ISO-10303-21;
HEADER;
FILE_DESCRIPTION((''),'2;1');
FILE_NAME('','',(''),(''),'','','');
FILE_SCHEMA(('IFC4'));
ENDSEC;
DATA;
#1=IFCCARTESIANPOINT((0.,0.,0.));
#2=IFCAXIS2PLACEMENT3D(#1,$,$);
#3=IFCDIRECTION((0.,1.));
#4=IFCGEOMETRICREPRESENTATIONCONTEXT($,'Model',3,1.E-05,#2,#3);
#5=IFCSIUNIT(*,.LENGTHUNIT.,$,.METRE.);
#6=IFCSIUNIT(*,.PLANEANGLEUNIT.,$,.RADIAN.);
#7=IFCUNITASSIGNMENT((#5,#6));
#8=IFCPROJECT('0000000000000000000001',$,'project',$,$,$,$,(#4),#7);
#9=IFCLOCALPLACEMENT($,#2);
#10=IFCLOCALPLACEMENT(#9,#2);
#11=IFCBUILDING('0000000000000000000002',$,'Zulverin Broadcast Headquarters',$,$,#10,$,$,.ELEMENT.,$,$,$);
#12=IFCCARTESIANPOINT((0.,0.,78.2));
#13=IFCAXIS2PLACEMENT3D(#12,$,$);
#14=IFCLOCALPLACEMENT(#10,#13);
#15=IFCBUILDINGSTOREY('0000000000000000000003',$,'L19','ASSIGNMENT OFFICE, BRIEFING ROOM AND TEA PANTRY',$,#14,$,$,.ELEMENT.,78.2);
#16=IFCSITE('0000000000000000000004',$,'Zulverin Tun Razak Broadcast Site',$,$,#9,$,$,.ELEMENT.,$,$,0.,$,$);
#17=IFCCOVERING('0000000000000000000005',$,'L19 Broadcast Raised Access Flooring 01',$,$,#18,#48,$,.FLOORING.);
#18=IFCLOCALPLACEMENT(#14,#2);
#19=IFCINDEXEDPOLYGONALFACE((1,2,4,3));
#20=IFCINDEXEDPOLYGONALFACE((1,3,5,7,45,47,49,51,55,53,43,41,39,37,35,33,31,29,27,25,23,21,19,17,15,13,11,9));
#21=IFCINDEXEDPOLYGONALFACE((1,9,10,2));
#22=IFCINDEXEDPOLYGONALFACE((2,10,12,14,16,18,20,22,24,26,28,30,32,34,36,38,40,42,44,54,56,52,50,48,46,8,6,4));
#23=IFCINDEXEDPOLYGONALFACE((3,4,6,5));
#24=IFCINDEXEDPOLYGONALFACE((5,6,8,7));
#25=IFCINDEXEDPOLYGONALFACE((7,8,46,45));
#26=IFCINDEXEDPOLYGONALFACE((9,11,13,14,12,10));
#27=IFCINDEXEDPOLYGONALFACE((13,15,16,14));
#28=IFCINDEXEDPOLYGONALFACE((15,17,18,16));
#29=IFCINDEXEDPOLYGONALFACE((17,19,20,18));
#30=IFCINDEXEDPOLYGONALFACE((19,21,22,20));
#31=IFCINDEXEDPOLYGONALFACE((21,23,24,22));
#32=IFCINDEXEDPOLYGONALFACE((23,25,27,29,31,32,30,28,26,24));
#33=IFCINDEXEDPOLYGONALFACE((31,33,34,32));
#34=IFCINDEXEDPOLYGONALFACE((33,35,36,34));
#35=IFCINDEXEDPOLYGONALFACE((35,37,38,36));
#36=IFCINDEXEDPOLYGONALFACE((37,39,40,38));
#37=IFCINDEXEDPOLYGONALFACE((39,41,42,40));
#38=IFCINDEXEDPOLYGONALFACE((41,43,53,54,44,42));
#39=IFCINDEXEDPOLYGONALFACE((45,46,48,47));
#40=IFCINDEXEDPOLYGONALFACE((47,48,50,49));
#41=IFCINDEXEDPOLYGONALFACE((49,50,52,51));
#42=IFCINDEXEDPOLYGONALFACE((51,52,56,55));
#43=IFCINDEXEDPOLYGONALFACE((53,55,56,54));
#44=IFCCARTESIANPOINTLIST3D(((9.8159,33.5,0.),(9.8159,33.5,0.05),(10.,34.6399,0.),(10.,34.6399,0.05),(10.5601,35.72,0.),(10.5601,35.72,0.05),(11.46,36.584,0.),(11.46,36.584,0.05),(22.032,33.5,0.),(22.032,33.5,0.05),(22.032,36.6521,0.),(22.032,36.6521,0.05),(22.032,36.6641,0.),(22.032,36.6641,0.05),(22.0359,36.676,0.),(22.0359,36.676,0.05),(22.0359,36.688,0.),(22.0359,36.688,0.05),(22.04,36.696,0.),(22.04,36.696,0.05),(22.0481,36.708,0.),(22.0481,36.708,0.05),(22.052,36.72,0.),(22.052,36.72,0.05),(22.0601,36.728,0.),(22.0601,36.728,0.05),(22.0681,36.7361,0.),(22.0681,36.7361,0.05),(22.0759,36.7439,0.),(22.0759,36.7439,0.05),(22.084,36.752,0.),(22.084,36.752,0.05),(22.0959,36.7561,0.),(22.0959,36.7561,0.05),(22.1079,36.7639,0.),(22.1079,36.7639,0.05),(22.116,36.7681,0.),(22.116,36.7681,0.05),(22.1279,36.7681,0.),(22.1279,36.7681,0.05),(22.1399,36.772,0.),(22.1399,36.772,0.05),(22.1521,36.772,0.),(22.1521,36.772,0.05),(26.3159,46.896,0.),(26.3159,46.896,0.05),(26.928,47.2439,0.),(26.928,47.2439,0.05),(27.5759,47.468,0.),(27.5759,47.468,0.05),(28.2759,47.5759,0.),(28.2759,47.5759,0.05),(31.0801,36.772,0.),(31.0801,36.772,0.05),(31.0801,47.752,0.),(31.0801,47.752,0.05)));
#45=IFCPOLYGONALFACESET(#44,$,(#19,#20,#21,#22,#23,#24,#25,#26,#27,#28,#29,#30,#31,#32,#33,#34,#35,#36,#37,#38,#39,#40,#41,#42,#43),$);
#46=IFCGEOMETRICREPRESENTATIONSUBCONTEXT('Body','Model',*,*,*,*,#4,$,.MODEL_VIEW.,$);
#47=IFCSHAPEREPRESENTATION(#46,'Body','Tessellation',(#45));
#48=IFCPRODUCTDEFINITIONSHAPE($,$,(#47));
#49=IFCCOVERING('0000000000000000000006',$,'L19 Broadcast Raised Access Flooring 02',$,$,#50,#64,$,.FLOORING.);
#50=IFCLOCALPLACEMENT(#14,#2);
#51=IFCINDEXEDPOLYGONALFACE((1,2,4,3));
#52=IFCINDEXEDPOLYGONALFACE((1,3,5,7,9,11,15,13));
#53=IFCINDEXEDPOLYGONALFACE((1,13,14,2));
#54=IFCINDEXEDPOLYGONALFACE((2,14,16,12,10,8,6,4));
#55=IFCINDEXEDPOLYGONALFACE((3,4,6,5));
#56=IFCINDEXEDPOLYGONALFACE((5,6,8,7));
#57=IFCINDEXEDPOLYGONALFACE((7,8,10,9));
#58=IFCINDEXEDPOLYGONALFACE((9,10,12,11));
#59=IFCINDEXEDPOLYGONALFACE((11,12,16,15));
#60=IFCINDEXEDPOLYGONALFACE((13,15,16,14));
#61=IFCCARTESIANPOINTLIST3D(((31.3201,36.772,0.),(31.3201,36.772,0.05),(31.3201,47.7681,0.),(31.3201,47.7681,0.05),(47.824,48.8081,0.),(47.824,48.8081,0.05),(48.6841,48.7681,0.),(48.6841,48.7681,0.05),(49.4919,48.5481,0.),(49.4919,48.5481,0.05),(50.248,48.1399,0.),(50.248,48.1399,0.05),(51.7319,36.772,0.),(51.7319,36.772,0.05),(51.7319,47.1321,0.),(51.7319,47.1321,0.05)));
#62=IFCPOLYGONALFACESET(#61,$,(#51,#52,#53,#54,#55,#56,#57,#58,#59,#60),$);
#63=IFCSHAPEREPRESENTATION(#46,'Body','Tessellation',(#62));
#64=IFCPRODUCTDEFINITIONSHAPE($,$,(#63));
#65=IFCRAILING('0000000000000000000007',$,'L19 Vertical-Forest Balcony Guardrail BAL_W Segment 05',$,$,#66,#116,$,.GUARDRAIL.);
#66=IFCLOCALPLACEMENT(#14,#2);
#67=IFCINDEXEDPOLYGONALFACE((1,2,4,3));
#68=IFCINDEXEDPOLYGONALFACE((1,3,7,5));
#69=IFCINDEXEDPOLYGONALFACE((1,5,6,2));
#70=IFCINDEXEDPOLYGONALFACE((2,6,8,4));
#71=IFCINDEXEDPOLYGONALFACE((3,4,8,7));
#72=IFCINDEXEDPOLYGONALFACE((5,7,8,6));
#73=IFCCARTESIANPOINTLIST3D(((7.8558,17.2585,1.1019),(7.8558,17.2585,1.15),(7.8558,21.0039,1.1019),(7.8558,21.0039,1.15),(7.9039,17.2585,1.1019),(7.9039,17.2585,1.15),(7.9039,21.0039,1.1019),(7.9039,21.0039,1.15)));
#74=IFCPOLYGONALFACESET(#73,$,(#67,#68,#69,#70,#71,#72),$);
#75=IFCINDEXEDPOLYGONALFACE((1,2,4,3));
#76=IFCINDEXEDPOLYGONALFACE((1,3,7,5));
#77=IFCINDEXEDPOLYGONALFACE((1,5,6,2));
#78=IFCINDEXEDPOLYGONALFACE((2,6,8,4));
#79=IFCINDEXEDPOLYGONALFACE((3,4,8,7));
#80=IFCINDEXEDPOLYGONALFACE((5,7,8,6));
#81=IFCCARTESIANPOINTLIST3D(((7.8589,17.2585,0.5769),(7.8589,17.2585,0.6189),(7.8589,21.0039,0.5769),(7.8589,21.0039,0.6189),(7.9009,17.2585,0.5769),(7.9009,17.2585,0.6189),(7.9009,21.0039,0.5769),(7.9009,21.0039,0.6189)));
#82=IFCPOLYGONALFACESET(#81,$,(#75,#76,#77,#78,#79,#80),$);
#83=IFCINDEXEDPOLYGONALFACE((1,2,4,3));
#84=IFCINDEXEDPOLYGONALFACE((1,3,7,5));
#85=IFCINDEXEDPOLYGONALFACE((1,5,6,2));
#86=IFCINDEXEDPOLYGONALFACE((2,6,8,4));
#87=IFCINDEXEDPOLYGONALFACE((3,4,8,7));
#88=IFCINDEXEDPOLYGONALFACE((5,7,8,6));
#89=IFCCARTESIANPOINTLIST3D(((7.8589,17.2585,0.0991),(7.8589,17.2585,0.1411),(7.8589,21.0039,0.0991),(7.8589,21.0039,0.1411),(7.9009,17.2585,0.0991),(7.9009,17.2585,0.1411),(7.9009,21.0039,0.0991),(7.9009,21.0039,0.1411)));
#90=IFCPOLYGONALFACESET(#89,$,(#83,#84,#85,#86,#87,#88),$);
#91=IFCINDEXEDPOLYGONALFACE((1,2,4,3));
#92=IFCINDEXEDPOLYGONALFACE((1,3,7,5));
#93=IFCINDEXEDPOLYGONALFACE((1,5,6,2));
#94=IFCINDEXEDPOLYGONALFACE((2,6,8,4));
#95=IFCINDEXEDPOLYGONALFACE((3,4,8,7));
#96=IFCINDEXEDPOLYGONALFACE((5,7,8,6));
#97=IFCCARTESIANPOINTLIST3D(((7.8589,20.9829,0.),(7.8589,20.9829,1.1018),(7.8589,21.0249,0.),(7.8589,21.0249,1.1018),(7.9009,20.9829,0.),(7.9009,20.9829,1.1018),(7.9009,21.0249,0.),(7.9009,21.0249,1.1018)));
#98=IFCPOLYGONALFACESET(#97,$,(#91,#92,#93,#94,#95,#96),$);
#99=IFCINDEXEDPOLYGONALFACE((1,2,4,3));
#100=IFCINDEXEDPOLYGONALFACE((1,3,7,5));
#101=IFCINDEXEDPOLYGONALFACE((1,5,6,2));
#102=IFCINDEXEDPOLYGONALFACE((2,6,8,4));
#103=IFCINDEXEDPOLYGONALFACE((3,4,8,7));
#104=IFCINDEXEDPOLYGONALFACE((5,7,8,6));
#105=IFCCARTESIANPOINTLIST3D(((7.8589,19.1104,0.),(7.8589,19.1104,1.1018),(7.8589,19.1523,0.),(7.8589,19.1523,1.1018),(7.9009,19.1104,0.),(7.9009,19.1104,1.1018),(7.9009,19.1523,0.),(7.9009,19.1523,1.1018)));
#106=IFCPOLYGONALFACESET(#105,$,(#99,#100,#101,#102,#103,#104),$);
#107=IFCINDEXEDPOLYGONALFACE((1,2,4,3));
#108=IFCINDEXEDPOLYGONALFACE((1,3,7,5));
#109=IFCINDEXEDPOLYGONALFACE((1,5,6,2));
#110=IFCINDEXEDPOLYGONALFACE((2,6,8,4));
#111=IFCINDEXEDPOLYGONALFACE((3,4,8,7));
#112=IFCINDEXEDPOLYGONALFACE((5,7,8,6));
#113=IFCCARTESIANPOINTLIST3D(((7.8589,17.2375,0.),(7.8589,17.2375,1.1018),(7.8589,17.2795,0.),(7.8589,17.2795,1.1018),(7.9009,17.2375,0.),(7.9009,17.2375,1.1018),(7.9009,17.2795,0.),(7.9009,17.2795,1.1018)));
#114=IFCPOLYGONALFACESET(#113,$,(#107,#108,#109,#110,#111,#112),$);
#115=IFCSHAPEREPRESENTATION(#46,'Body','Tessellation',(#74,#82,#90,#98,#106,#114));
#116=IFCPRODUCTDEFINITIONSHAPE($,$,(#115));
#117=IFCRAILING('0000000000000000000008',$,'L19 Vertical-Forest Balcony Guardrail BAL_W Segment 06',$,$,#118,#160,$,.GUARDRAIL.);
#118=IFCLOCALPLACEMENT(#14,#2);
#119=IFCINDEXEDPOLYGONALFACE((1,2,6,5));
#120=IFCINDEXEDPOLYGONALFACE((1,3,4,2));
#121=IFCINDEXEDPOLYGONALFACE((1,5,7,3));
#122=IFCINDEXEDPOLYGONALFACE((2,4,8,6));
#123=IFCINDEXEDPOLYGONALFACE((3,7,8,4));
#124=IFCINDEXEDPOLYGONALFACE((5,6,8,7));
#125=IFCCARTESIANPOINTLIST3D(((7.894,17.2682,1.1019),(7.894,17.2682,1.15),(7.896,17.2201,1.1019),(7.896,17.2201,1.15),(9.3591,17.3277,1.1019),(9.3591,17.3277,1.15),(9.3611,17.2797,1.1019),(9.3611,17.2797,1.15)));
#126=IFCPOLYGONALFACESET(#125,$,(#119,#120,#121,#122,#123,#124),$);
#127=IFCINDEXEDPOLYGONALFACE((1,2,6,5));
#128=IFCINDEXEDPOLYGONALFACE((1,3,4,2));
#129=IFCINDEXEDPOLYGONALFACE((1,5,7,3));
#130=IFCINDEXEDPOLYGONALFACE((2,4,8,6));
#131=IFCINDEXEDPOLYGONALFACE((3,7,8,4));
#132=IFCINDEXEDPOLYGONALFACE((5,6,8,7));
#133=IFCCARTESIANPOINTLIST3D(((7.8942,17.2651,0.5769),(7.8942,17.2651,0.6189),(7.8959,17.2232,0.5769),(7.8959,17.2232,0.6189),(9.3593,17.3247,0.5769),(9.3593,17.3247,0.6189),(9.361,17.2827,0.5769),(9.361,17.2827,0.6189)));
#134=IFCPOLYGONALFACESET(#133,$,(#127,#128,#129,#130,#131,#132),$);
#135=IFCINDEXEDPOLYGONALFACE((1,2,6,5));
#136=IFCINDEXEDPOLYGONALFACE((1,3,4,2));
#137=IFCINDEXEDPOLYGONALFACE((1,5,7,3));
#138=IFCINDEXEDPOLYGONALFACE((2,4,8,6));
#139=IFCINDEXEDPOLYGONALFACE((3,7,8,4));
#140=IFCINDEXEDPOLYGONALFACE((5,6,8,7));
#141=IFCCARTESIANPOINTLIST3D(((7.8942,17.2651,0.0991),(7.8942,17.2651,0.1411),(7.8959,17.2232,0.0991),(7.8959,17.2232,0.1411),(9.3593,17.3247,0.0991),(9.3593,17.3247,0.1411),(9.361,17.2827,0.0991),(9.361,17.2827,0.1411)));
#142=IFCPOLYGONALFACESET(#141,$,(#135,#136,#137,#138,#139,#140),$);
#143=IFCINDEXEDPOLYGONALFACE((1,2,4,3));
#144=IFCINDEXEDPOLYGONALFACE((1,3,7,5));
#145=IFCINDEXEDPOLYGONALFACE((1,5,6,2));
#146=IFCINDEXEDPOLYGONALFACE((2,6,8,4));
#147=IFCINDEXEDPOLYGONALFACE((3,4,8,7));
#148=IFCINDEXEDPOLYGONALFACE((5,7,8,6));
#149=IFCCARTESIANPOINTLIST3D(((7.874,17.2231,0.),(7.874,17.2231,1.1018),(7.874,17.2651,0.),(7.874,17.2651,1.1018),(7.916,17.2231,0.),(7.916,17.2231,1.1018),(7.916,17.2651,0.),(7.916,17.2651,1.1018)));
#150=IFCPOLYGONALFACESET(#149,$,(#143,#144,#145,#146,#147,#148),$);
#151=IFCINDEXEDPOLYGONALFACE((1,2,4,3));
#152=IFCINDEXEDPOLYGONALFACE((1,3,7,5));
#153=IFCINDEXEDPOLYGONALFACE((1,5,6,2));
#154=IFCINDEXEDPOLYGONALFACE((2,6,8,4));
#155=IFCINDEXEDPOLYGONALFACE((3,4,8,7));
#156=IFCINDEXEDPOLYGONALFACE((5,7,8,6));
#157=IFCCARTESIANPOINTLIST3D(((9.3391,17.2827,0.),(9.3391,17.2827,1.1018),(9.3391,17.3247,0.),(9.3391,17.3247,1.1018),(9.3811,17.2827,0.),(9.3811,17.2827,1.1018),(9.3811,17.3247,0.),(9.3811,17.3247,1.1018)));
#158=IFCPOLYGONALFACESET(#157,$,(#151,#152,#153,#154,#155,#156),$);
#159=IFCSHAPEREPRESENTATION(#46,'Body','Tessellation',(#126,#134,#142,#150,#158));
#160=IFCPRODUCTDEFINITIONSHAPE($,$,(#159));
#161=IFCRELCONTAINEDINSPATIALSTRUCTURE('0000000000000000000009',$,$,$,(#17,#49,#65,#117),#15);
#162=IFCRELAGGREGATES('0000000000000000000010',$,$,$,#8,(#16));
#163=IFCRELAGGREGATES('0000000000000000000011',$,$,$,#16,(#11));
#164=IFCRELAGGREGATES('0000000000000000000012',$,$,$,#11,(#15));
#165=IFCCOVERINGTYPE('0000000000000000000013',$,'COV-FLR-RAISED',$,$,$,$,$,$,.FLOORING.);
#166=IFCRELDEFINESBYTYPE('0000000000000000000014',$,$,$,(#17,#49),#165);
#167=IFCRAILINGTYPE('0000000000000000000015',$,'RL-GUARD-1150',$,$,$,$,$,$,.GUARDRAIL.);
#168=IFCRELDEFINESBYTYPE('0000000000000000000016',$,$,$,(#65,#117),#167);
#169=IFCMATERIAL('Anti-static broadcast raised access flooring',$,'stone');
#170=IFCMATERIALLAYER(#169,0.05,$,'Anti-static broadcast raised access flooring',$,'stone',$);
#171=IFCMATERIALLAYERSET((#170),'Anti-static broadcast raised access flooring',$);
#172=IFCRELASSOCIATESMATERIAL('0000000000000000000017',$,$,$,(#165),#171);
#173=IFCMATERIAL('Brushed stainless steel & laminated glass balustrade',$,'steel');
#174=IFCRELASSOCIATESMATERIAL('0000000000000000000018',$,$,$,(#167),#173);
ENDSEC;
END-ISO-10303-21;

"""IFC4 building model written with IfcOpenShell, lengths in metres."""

from ifc_helpers import new_model, si_unit, direction, frame, origin, origin_2d, place, context, subcontext, project, spatial, polyline, rectangle, outline, extrude, material, layer, layer_set, type_object, element, save


model = new_model("IFC4")

# Units and contexts
model_context = context("Model", 3, precision=1e-05, world=origin(), true_north=direction((0.0, 1.0)))
body_context = subcontext(model_context, "Body", "Model", "MODEL_VIEW")
ifc_project = project(units=[si_unit("LENGTHUNIT", "METRE"), si_unit("PLANEANGLEUNIT", "RADIAN")], contexts=[model_context])

# Site, building, storey
site_placement = place(None, origin())
site = spatial("IfcSite", under=ifc_project, at=site_placement, Name="Zulverin Tun Razak Broadcast Site", CompositionType="ELEMENT", RefElevation=0.0)
building_placement = place(site_placement, origin())
building = spatial("IfcBuilding", under=site, at=building_placement, Name="Zulverin Broadcast Headquarters", CompositionType="ELEMENT")
storey_placement = place(building_placement, frame((0.0, 0.0, 78.2)))
storey = spatial("IfcBuildingStorey", under=building, at=storey_placement, Name="L19", Description="ASSIGNMENT OFFICE, BRIEFING ROOM AND TEA PANTRY", CompositionType="ELEMENT", Elevation=78.2)

# Coverings
ifc_material_1 = material(Name="Anti-static broadcast raised access flooring", Category="stone")
ifc_layer_1 = layer(ifc_material_1, 0.05, Name="Anti-static broadcast raised access flooring", Category="stone")
ifc_layer_set_1 = layer_set([ifc_layer_1], Name="Anti-static broadcast raised access flooring")
covering_type_1 = type_object("IfcCoveringType", Name="COV-FLR-RAISED", PredefinedType="FLOORING", material=ifc_layer_set_1)
covering_1_placement = place(storey_placement, origin())
element("IfcCovering", 1, at=covering_1_placement, inside=storey, type_object=covering_type_1, Name="L19 Broadcast Raised Access Flooring 01", PredefinedType="FLOORING", context=body_context, shape_type="SweptSolid", body=[
    extrude(outline(polyline([(11.46, 36.584), (10.5601, 35.72), (10.0, 34.6399), (9.8159, 33.5), (22.032, 33.5), (22.032, 36.6521), (22.032, 36.6641), (22.0359, 36.676), (22.0359, 36.688), (22.04, 36.696), (22.0481, 36.708), (22.052, 36.72), (22.0601, 36.728), (22.0681, 36.7361), (22.0759, 36.7439), (22.084, 36.752), (22.0959, 36.7561), (22.1079, 36.7639), (22.116, 36.7681), (22.1279, 36.7681), (22.1399, 36.772), (22.1521, 36.772), (31.0801, 36.772), (31.0801, 47.752), (28.2759, 47.5759), (27.5759, 47.468), (26.928, 47.2439), (26.3159, 46.896), (11.46, 36.584)])), origin(), (0.0, 0.0, 1.0), 0.05),
])
covering_2_placement = place(storey_placement, origin())
element("IfcCovering", 2, at=covering_2_placement, inside=storey, type_object=covering_type_1, Name="L19 Broadcast Raised Access Flooring 02", PredefinedType="FLOORING", context=body_context, shape_type="SweptSolid", body=[
    extrude(outline(polyline([(51.7319, 36.772), (51.7319, 47.1321), (50.248, 48.1399), (49.4919, 48.5481), (48.6841, 48.7681), (47.824, 48.8081), (31.3201, 47.7681), (31.3201, 36.772), (51.7319, 36.772)])), origin(), (0.0, 0.0, 1.0), 0.05),
])

# Railings
ifc_material_2 = material(Name="Brushed stainless steel & laminated glass balustrade", Category="steel")
railing_type = type_object("IfcRailingType", Name="RL-GUARD-1150", PredefinedType="GUARDRAIL", material=ifc_material_2)
railing_1_placement = place(storey_placement, frame((7.8799, 21.0039, 0.0)))
element("IfcRailing", 3, at=railing_1_placement, inside=storey, type_object=railing_type, Name="L19 Vertical-Forest Balcony Guardrail BAL_W Segment 05", PredefinedType="GUARDRAIL", context=body_context, shape_type="SweptSolid", body=[
    extrude(rectangle(XDim=0.0481, YDim=0.0481, at=origin_2d()), frame((0.0, 0.0, 1.126), z_axis=(0.0, -1.0, 0.0), x_axis=(1.0, 0.0, 0.0)), (0.0, 0.0, 1.0), 3.7454),
    extrude(rectangle(XDim=0.042, YDim=0.042, at=origin_2d()), frame((0.0, 0.0, 0.5979), z_axis=(0.0, -1.0, 0.0), x_axis=(1.0, 0.0, 0.0)), (0.0, 0.0, 1.0), 3.7454),
    extrude(rectangle(XDim=0.042, YDim=0.042, at=origin_2d()), frame((0.0, 0.0, 0.1201), z_axis=(0.0, -1.0, 0.0), x_axis=(1.0, 0.0, 0.0)), (0.0, 0.0, 1.0), 3.7454),
    extrude(rectangle(XDim=0.042, YDim=0.042, at=origin_2d()), origin(), (0.0, 0.0, 1.0), 1.1018),
    extrude(rectangle(XDim=0.042, YDim=0.042, at=origin_2d()), frame((0.0, -1.8726, 0.0)), (0.0, 0.0, 1.0), 1.1018),
    extrude(rectangle(XDim=0.042, YDim=0.042, at=origin_2d()), frame((0.0, -3.7454, 0.0)), (0.0, 0.0, 1.0), 1.1018),
])
railing_2_placement = place(storey_placement, frame((7.895, 17.2441, 0.0)))
element("IfcRailing", 4, at=railing_2_placement, inside=storey, type_object=railing_type, Name="L19 Vertical-Forest Balcony Guardrail BAL_W Segment 06", PredefinedType="GUARDRAIL", context=body_context, shape_type="SweptSolid", body=[
    extrude(rectangle(XDim=0.0481, YDim=0.0481, at=origin_2d()), frame((0.0, 0.0, 1.126), z_axis=(0.999174, 0.040626, 0.0), x_axis=(-0.040626, 0.999174, 0.0)), (0.0, 0.0, 1.0), 1.4663),
    extrude(rectangle(XDim=0.042, YDim=0.042, at=origin_2d()), frame((0.0, 0.0, 0.5979), z_axis=(0.999174, 0.040626, 0.0), x_axis=(-0.040626, 0.999174, 0.0)), (0.0, 0.0, 1.0), 1.4663),
    extrude(rectangle(XDim=0.042, YDim=0.042, at=origin_2d()), frame((0.0, 0.0, 0.1201), z_axis=(0.999174, 0.040626, 0.0), x_axis=(-0.040626, 0.999174, 0.0)), (0.0, 0.0, 1.0), 1.4663),
    extrude(rectangle(XDim=0.042, YDim=0.042, at=origin_2d()), origin(), (0.0, 0.0, 1.0), 1.1018),
    extrude(rectangle(XDim=0.042, YDim=0.042, at=origin_2d()), frame((1.4651, 0.0596, 0.0)), (0.0, 0.0, 1.0), 1.1018),
])

save(model, "model.ifc")
